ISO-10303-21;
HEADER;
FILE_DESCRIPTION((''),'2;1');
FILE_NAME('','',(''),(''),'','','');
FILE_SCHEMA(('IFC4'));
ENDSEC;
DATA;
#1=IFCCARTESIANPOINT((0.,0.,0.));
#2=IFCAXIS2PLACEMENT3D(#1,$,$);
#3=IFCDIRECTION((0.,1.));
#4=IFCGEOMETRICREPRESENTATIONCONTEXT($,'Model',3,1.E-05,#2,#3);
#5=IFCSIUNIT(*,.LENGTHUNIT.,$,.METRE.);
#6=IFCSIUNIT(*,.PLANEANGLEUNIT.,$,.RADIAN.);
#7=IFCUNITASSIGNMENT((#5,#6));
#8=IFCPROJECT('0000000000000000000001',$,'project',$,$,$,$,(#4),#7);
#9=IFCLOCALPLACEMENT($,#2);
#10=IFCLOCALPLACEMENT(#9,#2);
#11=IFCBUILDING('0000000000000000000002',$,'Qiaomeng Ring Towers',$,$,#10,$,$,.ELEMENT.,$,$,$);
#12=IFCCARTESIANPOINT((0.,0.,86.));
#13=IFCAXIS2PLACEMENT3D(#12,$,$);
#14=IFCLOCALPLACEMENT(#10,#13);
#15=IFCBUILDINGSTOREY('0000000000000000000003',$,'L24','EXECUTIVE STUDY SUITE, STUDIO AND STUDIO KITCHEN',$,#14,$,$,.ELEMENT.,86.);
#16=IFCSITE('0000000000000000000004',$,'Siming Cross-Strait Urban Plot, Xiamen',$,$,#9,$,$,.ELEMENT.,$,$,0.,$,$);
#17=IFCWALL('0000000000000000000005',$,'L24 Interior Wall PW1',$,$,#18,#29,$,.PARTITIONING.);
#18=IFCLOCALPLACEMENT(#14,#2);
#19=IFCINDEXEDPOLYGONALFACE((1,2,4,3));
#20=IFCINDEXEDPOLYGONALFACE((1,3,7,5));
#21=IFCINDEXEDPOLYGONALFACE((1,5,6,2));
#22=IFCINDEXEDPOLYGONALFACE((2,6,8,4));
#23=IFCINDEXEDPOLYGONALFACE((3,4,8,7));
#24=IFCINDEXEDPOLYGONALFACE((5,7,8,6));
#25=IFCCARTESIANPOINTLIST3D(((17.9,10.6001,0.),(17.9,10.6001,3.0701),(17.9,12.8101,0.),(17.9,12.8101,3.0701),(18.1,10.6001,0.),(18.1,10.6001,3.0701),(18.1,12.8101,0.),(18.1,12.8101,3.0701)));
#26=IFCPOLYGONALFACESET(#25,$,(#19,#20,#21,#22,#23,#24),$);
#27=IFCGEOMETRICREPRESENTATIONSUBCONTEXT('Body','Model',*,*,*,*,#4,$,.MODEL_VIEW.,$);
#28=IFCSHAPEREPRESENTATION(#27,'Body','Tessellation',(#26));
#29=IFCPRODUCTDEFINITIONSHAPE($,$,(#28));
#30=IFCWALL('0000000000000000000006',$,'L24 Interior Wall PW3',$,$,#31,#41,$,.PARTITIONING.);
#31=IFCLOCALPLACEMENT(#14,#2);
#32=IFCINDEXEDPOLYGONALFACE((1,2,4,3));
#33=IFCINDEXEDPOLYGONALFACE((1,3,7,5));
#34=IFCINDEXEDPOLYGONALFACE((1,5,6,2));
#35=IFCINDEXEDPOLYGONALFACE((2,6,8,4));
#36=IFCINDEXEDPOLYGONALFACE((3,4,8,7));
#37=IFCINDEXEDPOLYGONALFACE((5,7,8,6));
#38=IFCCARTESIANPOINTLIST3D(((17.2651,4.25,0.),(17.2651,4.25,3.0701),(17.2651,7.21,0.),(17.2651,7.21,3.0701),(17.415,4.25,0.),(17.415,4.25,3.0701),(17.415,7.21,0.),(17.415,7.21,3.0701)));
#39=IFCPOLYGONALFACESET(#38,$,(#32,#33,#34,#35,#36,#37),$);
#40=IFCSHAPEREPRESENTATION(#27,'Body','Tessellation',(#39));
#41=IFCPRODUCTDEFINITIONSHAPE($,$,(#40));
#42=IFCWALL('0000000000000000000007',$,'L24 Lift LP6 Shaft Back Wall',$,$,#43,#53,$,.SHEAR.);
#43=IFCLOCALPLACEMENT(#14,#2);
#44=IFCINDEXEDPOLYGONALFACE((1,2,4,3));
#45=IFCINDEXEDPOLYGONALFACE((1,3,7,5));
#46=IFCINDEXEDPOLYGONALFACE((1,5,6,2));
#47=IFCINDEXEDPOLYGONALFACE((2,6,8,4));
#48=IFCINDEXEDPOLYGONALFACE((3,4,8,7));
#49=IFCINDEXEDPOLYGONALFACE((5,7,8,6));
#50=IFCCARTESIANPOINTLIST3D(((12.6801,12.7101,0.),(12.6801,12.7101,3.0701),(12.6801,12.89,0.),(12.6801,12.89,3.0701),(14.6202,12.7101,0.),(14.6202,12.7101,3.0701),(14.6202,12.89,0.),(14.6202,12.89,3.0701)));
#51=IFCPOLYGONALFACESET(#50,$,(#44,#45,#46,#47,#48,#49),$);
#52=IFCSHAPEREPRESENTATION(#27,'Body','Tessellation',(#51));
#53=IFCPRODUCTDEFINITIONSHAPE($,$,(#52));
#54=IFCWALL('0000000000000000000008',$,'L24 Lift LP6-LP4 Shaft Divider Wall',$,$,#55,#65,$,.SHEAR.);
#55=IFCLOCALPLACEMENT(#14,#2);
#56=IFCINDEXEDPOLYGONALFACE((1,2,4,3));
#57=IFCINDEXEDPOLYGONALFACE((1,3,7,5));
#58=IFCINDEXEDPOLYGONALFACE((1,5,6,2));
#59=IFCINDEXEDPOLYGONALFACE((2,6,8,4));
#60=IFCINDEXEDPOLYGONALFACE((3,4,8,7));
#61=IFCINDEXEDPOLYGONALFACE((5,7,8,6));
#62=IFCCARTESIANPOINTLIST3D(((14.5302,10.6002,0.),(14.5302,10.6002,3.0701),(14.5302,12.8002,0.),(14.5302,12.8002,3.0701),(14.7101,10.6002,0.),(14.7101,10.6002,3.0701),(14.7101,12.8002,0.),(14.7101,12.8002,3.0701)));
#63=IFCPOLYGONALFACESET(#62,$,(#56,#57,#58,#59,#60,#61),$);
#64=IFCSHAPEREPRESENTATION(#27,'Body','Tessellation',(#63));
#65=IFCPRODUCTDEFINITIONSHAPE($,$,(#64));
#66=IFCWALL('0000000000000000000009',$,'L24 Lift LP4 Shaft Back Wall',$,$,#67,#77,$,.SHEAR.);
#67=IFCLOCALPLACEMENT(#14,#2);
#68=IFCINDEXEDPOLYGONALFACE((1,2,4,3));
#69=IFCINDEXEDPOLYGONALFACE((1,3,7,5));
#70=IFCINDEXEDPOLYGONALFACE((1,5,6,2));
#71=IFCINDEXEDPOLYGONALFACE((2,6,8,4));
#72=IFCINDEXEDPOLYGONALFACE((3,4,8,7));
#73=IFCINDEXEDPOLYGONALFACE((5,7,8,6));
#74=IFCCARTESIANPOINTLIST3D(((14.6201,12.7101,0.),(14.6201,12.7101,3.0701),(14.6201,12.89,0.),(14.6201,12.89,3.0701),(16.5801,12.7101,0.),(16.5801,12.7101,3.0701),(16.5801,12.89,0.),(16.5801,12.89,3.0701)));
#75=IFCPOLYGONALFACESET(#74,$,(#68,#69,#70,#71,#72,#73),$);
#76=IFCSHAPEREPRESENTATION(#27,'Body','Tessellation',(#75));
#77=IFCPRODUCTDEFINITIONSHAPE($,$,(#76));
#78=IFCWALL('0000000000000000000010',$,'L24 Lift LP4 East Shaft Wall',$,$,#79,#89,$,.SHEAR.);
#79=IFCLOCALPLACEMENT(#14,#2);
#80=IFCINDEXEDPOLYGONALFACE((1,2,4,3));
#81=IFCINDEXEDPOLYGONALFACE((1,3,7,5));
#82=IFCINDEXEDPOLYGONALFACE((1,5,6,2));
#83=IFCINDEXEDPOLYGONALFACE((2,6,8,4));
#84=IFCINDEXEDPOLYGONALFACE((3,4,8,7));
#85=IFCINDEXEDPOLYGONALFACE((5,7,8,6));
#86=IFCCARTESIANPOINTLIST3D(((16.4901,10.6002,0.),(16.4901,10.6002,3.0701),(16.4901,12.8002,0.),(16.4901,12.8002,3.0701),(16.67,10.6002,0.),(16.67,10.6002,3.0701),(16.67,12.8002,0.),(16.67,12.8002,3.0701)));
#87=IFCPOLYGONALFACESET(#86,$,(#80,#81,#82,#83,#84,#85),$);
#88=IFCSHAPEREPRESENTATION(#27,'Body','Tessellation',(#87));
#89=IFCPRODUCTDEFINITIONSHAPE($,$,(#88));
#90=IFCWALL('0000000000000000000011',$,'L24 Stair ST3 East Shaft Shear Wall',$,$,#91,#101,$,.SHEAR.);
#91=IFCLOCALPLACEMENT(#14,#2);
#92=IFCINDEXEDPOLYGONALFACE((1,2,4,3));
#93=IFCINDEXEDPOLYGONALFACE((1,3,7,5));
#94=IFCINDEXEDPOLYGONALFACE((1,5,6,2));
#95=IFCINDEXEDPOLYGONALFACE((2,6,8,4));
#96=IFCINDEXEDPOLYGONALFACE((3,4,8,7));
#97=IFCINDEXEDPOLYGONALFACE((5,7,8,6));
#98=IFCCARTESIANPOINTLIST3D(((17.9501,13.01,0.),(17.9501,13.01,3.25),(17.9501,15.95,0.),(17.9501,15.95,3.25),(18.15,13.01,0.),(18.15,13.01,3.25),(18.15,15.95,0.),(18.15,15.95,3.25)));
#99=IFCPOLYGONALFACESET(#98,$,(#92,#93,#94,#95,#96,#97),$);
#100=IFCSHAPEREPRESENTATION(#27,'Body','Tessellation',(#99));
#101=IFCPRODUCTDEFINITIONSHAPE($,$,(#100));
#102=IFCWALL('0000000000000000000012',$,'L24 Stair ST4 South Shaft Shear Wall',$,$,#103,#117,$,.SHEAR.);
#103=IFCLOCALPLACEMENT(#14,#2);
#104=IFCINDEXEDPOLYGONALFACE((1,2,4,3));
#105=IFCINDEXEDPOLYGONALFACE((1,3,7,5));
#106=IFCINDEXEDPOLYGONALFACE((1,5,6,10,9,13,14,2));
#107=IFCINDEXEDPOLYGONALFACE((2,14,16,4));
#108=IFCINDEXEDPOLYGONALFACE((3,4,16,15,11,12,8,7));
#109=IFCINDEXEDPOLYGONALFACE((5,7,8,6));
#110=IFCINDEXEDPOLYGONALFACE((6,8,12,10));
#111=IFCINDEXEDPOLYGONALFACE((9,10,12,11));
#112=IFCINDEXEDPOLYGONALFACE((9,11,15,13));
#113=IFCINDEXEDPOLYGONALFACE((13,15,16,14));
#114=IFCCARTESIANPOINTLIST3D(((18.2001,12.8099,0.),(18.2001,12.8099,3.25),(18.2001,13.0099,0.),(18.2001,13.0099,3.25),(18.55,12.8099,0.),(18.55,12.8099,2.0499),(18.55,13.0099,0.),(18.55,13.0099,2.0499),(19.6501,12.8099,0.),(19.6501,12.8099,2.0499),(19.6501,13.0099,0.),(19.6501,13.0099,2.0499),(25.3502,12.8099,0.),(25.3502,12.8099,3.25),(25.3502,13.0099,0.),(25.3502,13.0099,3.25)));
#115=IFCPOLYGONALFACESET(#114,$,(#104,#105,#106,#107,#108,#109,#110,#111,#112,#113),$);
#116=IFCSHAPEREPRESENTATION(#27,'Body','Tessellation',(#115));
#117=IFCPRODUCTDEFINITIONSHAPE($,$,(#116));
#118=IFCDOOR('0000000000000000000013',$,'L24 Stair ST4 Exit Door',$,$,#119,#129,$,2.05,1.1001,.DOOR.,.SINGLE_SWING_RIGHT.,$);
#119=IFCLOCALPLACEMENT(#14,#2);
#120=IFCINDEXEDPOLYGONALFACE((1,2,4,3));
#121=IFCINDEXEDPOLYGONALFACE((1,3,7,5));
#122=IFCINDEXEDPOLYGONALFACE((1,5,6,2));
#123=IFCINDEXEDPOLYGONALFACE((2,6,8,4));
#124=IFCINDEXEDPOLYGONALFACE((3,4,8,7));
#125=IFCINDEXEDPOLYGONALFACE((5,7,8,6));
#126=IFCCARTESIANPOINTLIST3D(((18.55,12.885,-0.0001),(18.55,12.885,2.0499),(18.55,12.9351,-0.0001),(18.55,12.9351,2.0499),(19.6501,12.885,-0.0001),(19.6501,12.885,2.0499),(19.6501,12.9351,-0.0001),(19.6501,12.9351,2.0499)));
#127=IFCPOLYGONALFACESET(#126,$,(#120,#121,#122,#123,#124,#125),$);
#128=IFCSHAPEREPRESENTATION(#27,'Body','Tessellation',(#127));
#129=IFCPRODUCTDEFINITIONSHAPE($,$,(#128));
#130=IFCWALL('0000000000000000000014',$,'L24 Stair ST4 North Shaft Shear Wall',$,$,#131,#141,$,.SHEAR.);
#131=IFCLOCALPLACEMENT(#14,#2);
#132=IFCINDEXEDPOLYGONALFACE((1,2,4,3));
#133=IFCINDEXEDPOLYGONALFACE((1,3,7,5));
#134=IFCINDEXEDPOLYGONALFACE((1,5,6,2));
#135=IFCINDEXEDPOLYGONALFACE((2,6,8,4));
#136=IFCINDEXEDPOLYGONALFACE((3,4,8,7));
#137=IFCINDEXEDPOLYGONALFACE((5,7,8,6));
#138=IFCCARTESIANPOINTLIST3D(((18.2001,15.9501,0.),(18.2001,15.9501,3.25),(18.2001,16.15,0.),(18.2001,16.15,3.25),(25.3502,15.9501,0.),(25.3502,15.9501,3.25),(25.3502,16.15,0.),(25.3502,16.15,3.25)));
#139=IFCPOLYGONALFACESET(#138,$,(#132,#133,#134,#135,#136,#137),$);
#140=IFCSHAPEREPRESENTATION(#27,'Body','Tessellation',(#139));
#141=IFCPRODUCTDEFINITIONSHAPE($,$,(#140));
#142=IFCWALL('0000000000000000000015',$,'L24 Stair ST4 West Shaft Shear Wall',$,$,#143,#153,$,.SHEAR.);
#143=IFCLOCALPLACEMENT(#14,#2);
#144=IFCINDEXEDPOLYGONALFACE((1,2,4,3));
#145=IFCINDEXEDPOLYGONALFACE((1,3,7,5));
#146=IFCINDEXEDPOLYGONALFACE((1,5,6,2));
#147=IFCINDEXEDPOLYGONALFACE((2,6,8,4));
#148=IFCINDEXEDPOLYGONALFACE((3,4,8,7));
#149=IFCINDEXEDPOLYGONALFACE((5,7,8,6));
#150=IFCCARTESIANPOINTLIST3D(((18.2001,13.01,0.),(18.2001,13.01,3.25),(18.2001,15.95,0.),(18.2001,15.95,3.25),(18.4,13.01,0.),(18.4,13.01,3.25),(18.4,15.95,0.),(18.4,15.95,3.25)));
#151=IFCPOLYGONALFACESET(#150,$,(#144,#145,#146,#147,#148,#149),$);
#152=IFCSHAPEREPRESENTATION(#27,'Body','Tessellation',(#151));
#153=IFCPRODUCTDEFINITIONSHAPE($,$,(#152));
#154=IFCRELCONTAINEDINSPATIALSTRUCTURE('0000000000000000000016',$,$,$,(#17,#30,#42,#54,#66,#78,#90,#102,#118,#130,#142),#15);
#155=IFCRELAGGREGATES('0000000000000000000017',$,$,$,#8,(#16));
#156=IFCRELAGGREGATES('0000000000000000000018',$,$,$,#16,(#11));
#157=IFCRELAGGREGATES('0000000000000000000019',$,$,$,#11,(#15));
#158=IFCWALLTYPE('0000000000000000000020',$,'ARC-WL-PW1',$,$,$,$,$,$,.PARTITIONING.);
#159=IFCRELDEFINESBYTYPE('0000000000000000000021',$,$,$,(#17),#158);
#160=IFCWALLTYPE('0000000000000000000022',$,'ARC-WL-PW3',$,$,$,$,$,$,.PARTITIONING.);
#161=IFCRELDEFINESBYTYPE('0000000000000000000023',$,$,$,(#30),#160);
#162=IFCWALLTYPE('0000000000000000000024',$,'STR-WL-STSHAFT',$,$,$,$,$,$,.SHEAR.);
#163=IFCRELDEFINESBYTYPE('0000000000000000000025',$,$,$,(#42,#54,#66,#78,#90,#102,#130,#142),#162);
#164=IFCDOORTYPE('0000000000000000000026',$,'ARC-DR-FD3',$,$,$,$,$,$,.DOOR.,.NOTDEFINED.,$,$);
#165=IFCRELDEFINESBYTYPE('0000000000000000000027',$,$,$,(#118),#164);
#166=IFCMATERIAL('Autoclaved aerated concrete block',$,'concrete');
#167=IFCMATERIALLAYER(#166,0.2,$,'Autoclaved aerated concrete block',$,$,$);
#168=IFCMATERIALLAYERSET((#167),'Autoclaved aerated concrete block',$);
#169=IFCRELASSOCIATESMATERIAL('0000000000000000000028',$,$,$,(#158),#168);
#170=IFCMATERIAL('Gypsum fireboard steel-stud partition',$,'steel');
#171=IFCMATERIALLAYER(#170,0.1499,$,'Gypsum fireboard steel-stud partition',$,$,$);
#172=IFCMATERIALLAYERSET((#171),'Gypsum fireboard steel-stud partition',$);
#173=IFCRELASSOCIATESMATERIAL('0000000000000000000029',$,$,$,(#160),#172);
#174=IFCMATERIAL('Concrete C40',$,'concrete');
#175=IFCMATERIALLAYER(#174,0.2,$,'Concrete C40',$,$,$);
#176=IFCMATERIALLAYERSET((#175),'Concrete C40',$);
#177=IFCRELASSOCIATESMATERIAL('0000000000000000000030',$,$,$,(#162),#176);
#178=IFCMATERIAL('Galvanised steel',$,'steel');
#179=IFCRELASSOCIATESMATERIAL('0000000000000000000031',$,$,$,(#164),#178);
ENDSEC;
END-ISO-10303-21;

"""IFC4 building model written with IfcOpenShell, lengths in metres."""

from ifc_helpers import new_model, si_unit, direction, frame, frame_2d, origin, place, context, subcontext, project, spatial, rectangle, extrude, source, transform, mapped, material, layer, layer_set, type_object, element, fill, save


model = new_model("IFC4")

# Units and contexts
model_context = context("Model", 3, precision=1e-05, world=origin(), true_north=direction((0.0, 1.0)))
body_context = subcontext(model_context, "Body", "Model", "MODEL_VIEW")
ifc_project = project(units=[si_unit("LENGTHUNIT", "METRE"), si_unit("PLANEANGLEUNIT", "RADIAN")], contexts=[model_context])

# Site, building, storey
site_placement = place(None, origin())
site = spatial("IfcSite", under=ifc_project, at=site_placement, Name="Siming Cross-Strait Urban Plot, Xiamen", CompositionType="ELEMENT", RefElevation=0.0)
building_placement = place(site_placement, origin())
building = spatial("IfcBuilding", under=site, at=building_placement, Name="Qiaomeng Ring Towers", CompositionType="ELEMENT")
storey_placement = place(building_placement, frame((0.0, 0.0, 86.0)))
storey = spatial("IfcBuildingStorey", under=building, at=storey_placement, Name="L24", Description="EXECUTIVE STUDY SUITE, STUDIO AND STUDIO KITCHEN", CompositionType="ELEMENT", Elevation=86.0)

# Walls
ifc_material_1 = material(Name="Autoclaved aerated concrete block", Category="concrete")
ifc_layer_1 = layer(ifc_material_1, 0.2, Name="Autoclaved aerated concrete block")
ifc_layer_set_1 = layer_set([ifc_layer_1], Name="Autoclaved aerated concrete block")
wall_type_1 = type_object("IfcWallType", Name="ARC-WL-PW1", PredefinedType="PARTITIONING", material=ifc_layer_set_1)
wall_1_placement = place(storey_placement, frame((18.0, 10.6001, 0.0), z_axis=(0.0, 0.0, 1.0), x_axis=(0.0, 1.0, 0.0)))
element("IfcWall", 1, at=wall_1_placement, inside=storey, type_object=wall_type_1, Name="L24 Interior Wall PW1", PredefinedType="PARTITIONING", context=body_context, shape_type="SweptSolid", body=[
    extrude(rectangle(XDim=2.21, YDim=0.2, at=frame_2d((1.105, 0.0))), origin(), (0.0, 0.0, 1.0), 3.0701),
])
ifc_material_2 = material(Name="Gypsum fireboard steel-stud partition", Category="steel")
ifc_layer_2 = layer(ifc_material_2, 0.1499, Name="Gypsum fireboard steel-stud partition")
ifc_layer_set_2 = layer_set([ifc_layer_2], Name="Gypsum fireboard steel-stud partition")
wall_type_2 = type_object("IfcWallType", Name="ARC-WL-PW3", PredefinedType="PARTITIONING", material=ifc_layer_set_2)
wall_2_placement = place(storey_placement, frame((17.3401, 4.25, 0.0), z_axis=(0.0, 0.0, 1.0), x_axis=(0.0, 1.0, 0.0)))
element("IfcWall", 2, at=wall_2_placement, inside=storey, type_object=wall_type_2, Name="L24 Interior Wall PW3", PredefinedType="PARTITIONING", context=body_context, shape_type="SweptSolid", body=[
    extrude(rectangle(XDim=2.96, YDim=0.1499, at=frame_2d((1.48, 0.0))), origin(), (0.0, 0.0, 1.0), 3.0701),
])
ifc_material_3 = material(Name="Concrete C40", Category="concrete")
ifc_layer_3 = layer(ifc_material_3, 0.2, Name="Concrete C40")
ifc_layer_set_3 = layer_set([ifc_layer_3], Name="Concrete C40")
wall_type_3 = type_object("IfcWallType", Name="STR-WL-STSHAFT", PredefinedType="SHEAR", material=ifc_layer_set_3)
wall_3_placement = place(storey_placement, frame((12.6799, 12.8, 0.0), z_axis=(0.0, 0.0, 1.0), x_axis=(1.0, 0.0, 0.0)))
element("IfcWall", 3, at=wall_3_placement, inside=storey, type_object=wall_type_3, Name="L24 Lift LP6 Shaft Back Wall", PredefinedType="SHEAR", context=body_context, shape_type="SweptSolid", body=[
    extrude(rectangle(XDim=1.9402, YDim=0.1799, at=frame_2d((0.9702, 0.0))), origin(), (0.0, 0.0, 1.0), 3.0701),
])
wall_4_placement = place(storey_placement, frame((14.6201, 10.6001, 0.0), z_axis=(0.0, 0.0, 1.0), x_axis=(0.0, 1.0, 0.0)))
element("IfcWall", 4, at=wall_4_placement, inside=storey, type_object=wall_type_3, Name="L24 Lift LP6-LP4 Shaft Divider Wall", PredefinedType="SHEAR", context=body_context, shape_type="SweptSolid", body=[
    extrude(rectangle(XDim=2.2, YDim=0.1799, at=frame_2d((1.1001, 0.0))), origin(), (0.0, 0.0, 1.0), 3.0701),
])
wall_5_placement = place(storey_placement, frame((14.6201, 12.8, 0.0), z_axis=(0.0, 0.0, 1.0), x_axis=(1.0, 0.0, 0.0)))
element("IfcWall", 5, at=wall_5_placement, inside=storey, type_object=wall_type_3, Name="L24 Lift LP4 Shaft Back Wall", PredefinedType="SHEAR", context=body_context, shape_type="SweptSolid", body=[
    extrude(rectangle(XDim=1.96, YDim=0.1799, at=frame_2d((0.98, 0.0))), origin(), (0.0, 0.0, 1.0), 3.0701),
])
wall_6_placement = place(storey_placement, frame((16.5801, 10.6001, 0.0), z_axis=(0.0, 0.0, 1.0), x_axis=(0.0, 1.0, 0.0)))
element("IfcWall", 6, at=wall_6_placement, inside=storey, type_object=wall_type_3, Name="L24 Lift LP4 East Shaft Wall", PredefinedType="SHEAR", context=body_context, shape_type="SweptSolid", body=[
    extrude(rectangle(XDim=2.2, YDim=0.1799, at=frame_2d((1.1001, 0.0))), origin(), (0.0, 0.0, 1.0), 3.0701),
])
wall_7_placement = place(storey_placement, frame((18.05, 13.01, 0.0), z_axis=(0.0, 0.0, 1.0), x_axis=(0.0, 1.0, 0.0)))
element("IfcWall", 7, at=wall_7_placement, inside=storey, type_object=wall_type_3, Name="L24 Stair ST3 East Shaft Shear Wall", PredefinedType="SHEAR", context=body_context, shape_type="SweptSolid", body=[
    extrude(rectangle(XDim=2.9399, YDim=0.2, at=frame_2d((1.47, 0.0))), origin(), (0.0, 0.0, 1.0), 3.25),
])

# Wall, opening, door
wall_8_placement = place(storey_placement, frame((18.2, 12.9099, 0.0), z_axis=(0.0, 0.0, 1.0), x_axis=(1.0, 0.0, 0.0)))
wall_8 = element("IfcWall", 8, at=wall_8_placement, inside=storey, type_object=wall_type_3, Name="L24 Stair ST4 South Shaft Shear Wall", PredefinedType="SHEAR", context=body_context, shape_type="SweptSolid", body=[
    extrude(rectangle(XDim=7.1501, YDim=0.2, at=frame_2d((3.5752, 0.0))), origin(), (0.0, 0.0, 1.0), 3.25),
])
opening_placement = place(wall_8_placement, frame((0.3501, 0.0, 0.0)))
opening = element("IfcOpeningElement", 9, at=opening_placement, cuts=wall_8, PredefinedType="OPENING", context=body_context, shape_type="SweptSolid", body=[
    extrude(rectangle(XDim=1.1001, YDim=2.05, at=frame_2d((0.55, 1.0249))), frame((0.0, 0.1099, 0.0), z_axis=(0.0, -1.0, 0.0), x_axis=(1.0, 0.0, 0.0)), (0.0, 0.0, 1.0), 0.22),
])
ifc_material_4 = material(Name="Galvanised steel", Category="steel")
door_type = type_object("IfcDoorType", Name="ARC-DR-FD3", OperationType="NOTDEFINED", PredefinedType="DOOR", material=ifc_material_4)
shared_shape_1 = source(origin(), body_context, "Body", "SweptSolid", [
    extrude(rectangle(XDim=1.1001, YDim=2.05, at=frame_2d((0.55, 1.0249))), frame((0.0, 0.0249, 0.0), z_axis=(0.0, -1.0, 0.0), x_axis=(1.0, 0.0, 0.0)), (0.0, 0.0, 1.0), 0.05),
])
door_placement = place(opening_placement, frame((1.1001, 0.0, 0.0), z_axis=(0.0, 0.0, 1.0), x_axis=(-1.0, 0.0, 0.0)))
door = element("IfcDoor", 10, at=door_placement, inside=storey, type_object=door_type, Name="L24 Stair ST4 Exit Door", OperationType="SINGLE_SWING_RIGHT", OverallHeight=2.05, OverallWidth=1.1001, PredefinedType="DOOR", context=body_context, shape_type="MappedRepresentation", body=[
    mapped(shared_shape_1, transform((0.0, 0.0, 0.0), x_axis=(1.0, 0.0, 0.0), y_axis=(0.0, 1.0, 0.0), z_axis=(0.0, 0.0, 1.0), scale=1.0)),
])
fill(opening, door)

# Walls
wall_9_placement = place(storey_placement, frame((18.2, 16.05, 0.0), z_axis=(0.0, 0.0, 1.0), x_axis=(1.0, 0.0, 0.0)))
element("IfcWall", 11, at=wall_9_placement, inside=storey, type_object=wall_type_3, Name="L24 Stair ST4 North Shaft Shear Wall", PredefinedType="SHEAR", context=body_context, shape_type="SweptSolid", body=[
    extrude(rectangle(XDim=7.1501, YDim=0.2, at=frame_2d((3.5752, 0.0))), origin(), (0.0, 0.0, 1.0), 3.25),
])
wall_10_placement = place(storey_placement, frame((18.3, 13.01, 0.0), z_axis=(0.0, 0.0, 1.0), x_axis=(0.0, 1.0, 0.0)))
element("IfcWall", 12, at=wall_10_placement, inside=storey, type_object=wall_type_3, Name="L24 Stair ST4 West Shaft Shear Wall", PredefinedType="SHEAR", context=body_context, shape_type="SweptSolid", body=[
    extrude(rectangle(XDim=2.9399, YDim=0.2, at=frame_2d((1.47, 0.0))), origin(), (0.0, 0.0, 1.0), 3.25),
])

save(model, "model.ifc")
